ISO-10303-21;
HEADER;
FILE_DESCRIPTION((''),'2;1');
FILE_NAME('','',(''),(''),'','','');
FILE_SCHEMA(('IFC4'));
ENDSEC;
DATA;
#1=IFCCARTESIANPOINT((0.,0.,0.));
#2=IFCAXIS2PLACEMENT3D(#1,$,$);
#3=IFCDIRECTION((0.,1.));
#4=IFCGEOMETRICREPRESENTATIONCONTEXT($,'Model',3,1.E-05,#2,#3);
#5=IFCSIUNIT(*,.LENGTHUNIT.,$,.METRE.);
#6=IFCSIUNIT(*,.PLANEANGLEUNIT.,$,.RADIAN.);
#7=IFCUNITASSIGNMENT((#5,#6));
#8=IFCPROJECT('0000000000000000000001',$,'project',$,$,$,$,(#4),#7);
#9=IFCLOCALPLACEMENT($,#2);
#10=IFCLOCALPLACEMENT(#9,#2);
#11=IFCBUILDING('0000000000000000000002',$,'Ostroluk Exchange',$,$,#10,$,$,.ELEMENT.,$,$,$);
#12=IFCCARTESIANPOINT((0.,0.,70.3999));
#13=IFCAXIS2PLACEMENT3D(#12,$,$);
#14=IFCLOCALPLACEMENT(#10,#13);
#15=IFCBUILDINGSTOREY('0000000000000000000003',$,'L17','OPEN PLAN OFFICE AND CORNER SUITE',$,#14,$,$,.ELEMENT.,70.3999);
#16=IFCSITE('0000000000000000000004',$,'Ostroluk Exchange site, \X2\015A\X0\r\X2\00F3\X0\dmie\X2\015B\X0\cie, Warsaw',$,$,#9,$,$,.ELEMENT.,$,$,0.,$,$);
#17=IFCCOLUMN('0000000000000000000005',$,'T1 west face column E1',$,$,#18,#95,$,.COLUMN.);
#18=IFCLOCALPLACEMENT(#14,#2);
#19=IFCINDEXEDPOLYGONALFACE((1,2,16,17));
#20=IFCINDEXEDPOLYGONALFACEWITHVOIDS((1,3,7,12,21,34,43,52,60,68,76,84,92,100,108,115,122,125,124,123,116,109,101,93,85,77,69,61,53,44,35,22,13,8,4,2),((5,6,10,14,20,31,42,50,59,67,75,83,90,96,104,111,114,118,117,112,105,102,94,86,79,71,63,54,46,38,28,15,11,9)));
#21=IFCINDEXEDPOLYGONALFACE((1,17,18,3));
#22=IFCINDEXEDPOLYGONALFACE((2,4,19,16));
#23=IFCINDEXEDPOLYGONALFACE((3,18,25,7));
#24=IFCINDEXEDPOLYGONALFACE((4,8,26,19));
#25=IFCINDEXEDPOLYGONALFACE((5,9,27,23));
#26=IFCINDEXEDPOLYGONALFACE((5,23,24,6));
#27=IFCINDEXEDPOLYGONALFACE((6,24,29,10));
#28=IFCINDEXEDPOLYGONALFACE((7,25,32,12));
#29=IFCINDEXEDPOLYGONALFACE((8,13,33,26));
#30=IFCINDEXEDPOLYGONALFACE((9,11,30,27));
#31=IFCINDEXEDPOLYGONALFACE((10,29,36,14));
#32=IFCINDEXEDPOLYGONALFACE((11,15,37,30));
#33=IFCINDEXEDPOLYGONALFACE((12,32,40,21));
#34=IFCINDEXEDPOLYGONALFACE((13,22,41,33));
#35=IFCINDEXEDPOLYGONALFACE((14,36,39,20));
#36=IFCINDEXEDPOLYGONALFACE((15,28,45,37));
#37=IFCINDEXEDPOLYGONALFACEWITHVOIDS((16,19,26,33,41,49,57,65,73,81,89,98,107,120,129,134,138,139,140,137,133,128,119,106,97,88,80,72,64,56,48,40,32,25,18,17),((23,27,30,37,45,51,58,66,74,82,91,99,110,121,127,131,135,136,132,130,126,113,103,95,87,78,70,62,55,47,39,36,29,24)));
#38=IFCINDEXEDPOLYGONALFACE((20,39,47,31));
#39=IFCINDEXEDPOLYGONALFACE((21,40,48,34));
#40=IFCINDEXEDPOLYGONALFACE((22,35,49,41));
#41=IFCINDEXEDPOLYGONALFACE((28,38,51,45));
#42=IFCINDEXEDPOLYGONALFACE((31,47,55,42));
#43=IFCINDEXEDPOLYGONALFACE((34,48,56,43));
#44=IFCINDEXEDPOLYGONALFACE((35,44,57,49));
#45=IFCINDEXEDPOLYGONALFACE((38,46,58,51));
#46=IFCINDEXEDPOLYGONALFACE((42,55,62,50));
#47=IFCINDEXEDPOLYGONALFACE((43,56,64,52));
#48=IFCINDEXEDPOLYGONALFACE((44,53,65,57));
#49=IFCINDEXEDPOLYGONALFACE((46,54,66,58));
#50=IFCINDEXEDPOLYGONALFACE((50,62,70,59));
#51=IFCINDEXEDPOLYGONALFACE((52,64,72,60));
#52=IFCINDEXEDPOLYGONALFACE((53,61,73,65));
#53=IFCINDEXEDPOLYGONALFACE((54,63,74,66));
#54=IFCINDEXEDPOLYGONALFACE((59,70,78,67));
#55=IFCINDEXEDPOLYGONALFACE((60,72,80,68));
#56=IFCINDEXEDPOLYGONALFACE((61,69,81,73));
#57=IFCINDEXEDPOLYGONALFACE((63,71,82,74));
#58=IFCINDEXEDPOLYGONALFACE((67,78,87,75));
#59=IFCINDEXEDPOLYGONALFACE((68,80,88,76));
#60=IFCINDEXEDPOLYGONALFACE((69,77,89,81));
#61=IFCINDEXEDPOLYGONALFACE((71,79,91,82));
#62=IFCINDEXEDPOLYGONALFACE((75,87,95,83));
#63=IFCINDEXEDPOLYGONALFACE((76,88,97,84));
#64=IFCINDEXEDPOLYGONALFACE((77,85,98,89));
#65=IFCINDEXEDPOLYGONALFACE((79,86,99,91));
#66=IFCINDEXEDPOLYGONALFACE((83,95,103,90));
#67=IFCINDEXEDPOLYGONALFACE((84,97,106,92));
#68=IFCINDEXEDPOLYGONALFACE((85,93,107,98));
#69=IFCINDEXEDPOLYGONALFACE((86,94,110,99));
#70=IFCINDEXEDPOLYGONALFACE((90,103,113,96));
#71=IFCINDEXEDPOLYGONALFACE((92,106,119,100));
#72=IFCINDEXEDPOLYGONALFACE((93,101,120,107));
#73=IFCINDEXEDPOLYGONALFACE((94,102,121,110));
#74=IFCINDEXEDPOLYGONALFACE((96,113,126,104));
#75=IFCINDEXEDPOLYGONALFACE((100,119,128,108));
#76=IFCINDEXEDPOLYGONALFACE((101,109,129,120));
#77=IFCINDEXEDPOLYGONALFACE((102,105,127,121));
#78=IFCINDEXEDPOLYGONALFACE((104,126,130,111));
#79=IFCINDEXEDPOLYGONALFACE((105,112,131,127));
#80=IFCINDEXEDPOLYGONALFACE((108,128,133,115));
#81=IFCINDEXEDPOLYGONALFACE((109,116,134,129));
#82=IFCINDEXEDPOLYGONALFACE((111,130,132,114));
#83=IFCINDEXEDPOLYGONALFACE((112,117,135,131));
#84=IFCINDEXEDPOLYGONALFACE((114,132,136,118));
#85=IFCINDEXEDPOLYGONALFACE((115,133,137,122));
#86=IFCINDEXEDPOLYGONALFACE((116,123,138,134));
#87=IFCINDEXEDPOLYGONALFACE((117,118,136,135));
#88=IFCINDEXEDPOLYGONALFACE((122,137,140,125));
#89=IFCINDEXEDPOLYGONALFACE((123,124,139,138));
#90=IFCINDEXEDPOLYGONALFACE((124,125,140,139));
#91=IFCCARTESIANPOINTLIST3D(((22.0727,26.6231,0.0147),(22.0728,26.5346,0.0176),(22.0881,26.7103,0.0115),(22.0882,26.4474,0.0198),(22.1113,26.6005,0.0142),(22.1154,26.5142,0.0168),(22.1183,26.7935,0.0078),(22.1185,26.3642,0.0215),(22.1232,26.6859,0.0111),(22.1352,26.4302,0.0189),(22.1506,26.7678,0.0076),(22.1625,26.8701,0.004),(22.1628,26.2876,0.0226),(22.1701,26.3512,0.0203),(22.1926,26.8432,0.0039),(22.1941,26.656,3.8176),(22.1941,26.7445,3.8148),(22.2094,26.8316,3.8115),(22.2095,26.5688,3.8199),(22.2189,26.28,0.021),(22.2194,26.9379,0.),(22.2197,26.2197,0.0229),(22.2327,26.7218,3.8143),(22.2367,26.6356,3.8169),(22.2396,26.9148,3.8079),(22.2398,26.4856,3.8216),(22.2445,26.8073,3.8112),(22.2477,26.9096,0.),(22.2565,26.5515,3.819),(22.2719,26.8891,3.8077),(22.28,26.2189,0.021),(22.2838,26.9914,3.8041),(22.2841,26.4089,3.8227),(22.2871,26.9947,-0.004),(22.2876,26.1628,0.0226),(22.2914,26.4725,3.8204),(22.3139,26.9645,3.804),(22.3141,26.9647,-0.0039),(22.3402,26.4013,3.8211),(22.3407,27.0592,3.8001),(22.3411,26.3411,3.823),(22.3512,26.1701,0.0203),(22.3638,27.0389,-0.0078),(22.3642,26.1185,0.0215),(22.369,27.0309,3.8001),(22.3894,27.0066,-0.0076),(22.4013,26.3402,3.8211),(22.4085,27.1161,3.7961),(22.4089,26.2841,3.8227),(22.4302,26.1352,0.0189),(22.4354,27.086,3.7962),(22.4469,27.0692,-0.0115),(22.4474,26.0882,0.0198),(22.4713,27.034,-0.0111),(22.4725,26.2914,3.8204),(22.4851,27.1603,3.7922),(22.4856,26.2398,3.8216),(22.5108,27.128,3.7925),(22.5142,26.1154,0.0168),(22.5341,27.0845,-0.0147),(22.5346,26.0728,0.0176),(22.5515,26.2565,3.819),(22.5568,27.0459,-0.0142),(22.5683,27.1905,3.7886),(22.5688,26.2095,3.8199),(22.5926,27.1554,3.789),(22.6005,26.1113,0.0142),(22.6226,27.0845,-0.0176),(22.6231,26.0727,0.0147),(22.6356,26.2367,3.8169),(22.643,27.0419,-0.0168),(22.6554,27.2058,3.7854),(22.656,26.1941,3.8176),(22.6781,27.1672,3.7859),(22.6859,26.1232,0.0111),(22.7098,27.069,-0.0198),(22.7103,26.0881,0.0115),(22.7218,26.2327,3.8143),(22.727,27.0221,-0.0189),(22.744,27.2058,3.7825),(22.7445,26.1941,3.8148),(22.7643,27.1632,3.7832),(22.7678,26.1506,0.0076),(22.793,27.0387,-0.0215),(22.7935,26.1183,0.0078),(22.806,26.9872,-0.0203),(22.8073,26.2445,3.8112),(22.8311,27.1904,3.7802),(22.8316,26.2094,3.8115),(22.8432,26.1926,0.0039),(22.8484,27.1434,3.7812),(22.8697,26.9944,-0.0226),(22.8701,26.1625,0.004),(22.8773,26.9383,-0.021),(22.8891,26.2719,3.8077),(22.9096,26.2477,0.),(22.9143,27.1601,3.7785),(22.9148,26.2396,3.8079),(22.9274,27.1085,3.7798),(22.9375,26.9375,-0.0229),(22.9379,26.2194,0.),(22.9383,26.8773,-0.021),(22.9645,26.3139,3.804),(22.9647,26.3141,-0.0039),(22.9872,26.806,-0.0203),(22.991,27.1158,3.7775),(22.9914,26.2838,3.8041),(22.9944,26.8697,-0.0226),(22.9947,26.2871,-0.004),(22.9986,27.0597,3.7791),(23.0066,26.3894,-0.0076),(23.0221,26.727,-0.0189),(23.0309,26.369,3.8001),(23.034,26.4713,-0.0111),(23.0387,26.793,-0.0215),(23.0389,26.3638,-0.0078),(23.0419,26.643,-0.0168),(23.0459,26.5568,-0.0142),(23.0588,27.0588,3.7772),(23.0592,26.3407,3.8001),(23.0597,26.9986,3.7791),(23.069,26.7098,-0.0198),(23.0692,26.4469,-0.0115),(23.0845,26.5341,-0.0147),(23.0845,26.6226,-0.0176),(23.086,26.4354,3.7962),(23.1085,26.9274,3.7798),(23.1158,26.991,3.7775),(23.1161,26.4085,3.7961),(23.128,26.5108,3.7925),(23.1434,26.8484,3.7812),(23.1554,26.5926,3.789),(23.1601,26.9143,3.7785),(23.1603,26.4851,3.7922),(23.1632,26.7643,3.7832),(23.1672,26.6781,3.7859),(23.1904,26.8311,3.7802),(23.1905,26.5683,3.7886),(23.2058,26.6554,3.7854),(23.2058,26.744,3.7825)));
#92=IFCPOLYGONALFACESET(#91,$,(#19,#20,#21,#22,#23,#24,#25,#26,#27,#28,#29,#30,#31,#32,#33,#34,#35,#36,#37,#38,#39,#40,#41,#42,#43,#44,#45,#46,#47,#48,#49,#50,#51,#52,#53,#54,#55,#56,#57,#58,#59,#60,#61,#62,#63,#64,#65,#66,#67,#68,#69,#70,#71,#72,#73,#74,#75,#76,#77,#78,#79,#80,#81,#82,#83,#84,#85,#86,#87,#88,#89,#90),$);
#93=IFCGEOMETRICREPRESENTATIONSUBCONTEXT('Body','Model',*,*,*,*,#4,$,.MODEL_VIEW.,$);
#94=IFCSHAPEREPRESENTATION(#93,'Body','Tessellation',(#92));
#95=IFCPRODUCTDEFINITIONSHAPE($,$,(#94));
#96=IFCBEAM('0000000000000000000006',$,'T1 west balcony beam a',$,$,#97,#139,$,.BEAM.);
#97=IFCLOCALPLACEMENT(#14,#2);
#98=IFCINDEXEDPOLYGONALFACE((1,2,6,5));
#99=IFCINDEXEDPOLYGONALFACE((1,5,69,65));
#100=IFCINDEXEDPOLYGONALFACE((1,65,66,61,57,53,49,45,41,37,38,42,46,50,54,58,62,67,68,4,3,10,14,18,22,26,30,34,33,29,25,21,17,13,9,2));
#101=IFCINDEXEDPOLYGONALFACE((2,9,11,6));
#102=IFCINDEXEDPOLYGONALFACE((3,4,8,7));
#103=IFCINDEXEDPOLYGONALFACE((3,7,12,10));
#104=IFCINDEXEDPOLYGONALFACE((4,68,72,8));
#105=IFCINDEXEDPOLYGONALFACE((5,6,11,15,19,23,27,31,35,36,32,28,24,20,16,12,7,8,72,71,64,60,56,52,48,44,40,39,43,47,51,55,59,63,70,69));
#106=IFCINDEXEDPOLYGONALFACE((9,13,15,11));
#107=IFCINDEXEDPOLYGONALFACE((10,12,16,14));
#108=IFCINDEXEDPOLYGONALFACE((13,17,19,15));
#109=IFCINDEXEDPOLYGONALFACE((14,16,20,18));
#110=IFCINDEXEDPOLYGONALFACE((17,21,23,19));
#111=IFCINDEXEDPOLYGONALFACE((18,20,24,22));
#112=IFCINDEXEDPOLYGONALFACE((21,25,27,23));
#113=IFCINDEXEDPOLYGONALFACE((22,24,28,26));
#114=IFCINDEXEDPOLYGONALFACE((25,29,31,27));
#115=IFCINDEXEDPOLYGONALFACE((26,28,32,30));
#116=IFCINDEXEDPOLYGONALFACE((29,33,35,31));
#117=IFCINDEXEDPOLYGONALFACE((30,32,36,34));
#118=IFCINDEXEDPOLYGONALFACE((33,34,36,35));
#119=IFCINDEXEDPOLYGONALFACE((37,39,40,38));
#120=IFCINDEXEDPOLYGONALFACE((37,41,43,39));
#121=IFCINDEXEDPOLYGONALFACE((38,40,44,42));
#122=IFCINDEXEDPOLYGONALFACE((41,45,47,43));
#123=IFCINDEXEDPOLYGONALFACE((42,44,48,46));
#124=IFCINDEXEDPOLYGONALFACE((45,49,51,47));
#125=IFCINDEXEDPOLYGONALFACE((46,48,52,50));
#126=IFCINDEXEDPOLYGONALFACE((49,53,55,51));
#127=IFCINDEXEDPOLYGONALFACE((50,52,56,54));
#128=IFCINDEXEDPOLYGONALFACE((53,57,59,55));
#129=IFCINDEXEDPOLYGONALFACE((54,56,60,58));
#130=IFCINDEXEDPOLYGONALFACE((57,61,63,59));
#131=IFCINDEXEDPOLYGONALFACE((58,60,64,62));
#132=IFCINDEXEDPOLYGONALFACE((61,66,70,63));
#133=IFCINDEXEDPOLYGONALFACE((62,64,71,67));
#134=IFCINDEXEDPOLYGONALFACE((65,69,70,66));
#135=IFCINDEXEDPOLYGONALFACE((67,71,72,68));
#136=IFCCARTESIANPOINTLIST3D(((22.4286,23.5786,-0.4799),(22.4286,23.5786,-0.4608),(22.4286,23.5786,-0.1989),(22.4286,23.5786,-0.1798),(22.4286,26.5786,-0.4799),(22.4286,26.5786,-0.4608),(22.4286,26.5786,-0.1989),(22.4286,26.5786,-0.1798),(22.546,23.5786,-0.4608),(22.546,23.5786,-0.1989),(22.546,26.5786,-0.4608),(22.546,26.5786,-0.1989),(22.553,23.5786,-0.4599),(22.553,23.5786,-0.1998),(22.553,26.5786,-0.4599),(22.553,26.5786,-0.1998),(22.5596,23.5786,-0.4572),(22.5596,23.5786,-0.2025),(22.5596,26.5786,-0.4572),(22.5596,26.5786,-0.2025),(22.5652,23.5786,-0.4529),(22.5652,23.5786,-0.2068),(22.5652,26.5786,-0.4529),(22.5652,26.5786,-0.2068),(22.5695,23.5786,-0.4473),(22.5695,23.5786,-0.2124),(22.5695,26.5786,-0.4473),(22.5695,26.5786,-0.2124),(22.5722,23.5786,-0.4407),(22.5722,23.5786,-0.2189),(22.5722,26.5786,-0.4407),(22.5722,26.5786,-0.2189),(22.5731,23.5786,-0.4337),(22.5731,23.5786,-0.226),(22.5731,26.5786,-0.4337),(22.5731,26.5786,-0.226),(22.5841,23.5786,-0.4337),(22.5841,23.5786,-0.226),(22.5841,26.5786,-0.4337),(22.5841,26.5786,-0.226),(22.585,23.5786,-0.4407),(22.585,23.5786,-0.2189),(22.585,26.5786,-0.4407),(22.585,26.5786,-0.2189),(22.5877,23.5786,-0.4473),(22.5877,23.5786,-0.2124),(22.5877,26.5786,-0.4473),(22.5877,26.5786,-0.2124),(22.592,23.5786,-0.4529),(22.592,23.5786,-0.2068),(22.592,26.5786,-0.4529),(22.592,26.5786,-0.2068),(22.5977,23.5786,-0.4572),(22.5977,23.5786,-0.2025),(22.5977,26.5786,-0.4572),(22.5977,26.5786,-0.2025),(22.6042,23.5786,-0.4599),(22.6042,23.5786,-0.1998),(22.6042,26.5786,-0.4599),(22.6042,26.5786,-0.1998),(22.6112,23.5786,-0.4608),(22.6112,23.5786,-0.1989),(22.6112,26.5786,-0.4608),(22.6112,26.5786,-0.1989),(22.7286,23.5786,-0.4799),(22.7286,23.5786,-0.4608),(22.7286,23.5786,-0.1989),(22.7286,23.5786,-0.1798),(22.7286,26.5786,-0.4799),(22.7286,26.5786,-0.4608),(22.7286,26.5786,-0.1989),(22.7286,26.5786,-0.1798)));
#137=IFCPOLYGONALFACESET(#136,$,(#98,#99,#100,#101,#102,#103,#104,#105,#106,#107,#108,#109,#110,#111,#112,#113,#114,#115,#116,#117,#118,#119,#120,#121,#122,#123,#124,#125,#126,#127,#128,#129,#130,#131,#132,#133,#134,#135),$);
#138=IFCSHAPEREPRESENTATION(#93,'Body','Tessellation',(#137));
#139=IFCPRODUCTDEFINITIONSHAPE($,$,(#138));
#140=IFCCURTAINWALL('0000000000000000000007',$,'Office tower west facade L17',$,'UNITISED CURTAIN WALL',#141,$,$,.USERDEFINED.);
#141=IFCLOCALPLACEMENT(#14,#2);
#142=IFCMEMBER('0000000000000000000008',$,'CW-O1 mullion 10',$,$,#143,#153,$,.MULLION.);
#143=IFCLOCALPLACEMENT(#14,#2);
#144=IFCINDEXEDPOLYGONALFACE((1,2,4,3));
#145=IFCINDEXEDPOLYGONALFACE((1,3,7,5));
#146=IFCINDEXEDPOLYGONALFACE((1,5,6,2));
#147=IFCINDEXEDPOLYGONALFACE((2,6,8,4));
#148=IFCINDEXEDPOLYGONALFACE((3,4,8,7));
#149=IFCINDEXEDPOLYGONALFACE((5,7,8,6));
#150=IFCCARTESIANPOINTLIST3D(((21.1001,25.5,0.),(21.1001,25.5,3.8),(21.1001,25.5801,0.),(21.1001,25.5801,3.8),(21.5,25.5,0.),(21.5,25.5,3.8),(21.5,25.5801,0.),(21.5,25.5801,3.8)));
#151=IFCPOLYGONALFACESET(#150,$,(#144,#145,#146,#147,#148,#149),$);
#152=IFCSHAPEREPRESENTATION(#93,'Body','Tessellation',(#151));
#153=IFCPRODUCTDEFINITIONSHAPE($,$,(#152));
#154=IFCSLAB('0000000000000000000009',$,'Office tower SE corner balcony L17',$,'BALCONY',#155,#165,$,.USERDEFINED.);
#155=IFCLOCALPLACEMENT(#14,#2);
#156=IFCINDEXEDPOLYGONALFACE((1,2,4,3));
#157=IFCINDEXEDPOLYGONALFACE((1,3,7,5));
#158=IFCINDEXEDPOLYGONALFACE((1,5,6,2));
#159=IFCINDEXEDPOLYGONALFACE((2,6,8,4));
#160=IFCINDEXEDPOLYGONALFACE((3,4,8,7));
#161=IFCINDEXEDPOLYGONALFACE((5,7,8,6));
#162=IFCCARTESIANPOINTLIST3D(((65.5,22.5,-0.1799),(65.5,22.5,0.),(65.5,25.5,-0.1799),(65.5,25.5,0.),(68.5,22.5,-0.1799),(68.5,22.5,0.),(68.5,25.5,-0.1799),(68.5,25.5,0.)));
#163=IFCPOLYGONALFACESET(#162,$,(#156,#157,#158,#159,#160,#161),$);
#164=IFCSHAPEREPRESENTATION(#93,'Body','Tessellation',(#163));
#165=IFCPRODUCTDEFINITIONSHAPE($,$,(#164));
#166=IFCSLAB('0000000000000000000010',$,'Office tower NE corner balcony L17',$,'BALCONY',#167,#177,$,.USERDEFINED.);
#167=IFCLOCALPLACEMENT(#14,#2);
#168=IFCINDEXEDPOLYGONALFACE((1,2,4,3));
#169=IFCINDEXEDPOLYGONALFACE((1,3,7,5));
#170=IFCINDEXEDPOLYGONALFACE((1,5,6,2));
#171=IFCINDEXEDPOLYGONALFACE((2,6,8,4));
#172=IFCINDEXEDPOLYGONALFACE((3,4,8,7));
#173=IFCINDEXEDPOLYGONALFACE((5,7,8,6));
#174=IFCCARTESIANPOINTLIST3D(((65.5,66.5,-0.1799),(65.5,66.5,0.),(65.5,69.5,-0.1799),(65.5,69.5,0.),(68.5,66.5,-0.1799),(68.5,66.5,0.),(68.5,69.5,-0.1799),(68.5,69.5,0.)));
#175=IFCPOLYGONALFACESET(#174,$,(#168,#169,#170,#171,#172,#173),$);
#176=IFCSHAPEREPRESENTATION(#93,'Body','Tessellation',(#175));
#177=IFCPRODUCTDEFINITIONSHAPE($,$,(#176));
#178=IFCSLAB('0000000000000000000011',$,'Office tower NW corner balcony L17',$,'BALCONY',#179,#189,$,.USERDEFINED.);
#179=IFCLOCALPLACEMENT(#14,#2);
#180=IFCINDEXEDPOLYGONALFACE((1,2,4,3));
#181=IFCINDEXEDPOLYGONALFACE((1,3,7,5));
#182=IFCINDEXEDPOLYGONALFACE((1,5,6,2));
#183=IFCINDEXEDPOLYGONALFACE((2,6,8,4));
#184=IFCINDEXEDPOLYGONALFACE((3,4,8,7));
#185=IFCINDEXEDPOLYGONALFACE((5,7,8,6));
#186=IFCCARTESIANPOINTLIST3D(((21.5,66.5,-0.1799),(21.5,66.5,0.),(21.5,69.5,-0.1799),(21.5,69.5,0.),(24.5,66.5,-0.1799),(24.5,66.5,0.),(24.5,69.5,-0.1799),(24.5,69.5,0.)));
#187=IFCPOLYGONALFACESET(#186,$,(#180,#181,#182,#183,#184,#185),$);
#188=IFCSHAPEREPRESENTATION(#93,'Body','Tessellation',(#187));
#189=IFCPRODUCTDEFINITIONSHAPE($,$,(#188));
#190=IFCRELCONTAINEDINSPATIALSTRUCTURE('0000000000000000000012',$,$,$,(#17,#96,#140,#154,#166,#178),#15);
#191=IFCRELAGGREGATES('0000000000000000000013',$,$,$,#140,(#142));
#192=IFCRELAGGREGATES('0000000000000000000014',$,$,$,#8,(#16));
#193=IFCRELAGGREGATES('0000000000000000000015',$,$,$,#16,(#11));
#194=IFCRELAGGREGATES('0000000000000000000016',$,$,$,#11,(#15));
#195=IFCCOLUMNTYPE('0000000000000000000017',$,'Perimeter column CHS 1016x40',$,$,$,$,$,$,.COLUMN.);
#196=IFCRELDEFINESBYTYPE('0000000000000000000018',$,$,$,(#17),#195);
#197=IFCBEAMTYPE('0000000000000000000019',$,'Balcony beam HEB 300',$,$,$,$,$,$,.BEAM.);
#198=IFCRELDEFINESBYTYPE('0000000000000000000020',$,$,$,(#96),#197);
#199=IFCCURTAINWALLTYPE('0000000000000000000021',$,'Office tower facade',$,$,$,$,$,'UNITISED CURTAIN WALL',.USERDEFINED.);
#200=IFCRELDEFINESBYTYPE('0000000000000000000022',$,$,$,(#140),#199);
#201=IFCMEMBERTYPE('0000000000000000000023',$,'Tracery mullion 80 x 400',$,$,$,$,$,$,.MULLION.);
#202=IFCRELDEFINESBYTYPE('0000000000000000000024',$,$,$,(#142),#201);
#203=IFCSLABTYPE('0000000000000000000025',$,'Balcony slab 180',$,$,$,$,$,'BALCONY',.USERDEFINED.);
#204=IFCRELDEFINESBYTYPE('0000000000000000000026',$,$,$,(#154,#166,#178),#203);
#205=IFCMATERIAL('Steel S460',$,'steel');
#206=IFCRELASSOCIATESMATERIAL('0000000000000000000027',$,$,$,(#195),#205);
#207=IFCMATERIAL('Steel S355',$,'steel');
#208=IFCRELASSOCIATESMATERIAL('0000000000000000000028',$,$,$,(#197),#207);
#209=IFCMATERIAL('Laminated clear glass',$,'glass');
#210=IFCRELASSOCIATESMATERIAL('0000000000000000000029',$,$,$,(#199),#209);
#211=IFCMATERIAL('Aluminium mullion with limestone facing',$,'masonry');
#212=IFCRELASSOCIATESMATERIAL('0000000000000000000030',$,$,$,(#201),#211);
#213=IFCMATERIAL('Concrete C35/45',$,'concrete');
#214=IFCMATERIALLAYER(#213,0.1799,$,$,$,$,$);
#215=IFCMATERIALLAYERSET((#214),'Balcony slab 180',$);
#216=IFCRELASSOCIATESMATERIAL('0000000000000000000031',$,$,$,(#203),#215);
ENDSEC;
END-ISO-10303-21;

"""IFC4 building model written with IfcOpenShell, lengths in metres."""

from ifc_helpers import new_model, si_unit, direction, frame, origin, origin_2d, place, context, subcontext, project, spatial, polyline, rectangle, hollow_circle, i_section, outline, extrude, material, layer, layer_set, material_profile, profile_set, type_object, element, aggregate, save


model = new_model("IFC4")

# Units and contexts
model_context = context("Model", 3, precision=1e-05, world=origin(), true_north=direction((0.0, 1.0)))
body_context = subcontext(model_context, "Body", "Model", "MODEL_VIEW")
ifc_project = project(units=[si_unit("LENGTHUNIT", "METRE"), si_unit("PLANEANGLEUNIT", "RADIAN")], contexts=[model_context])

# Site, building, storey
site_placement = place(None, origin())
site = spatial("IfcSite", under=ifc_project, at=site_placement, Name="Ostroluk Exchange site, Śródmieście, Warsaw", CompositionType="ELEMENT", RefElevation=0.0)
building_placement = place(site_placement, origin())
building = spatial("IfcBuilding", under=site, at=building_placement, Name="Ostroluk Exchange", CompositionType="ELEMENT")
storey_placement = place(building_placement, frame((0.0, 0.0, 70.3999)))
storey = spatial("IfcBuildingStorey", under=building, at=storey_placement, Name="L17", Description="OPEN PLAN OFFICE AND CORNER SUITE", CompositionType="ELEMENT", Elevation=70.3999)

# Column
ifc_material_1 = material(Name="Steel S460", Category="steel")
ifc_material_profile_1 = material_profile(ifc_material_1, hollow_circle(Radius=0.5081, WallThickness=0.04, at=origin_2d()), Name="CHS 1016x40")
ifc_profile_set_1 = profile_set([ifc_material_profile_1], Name="Steel S460")
column_type = type_object("IfcColumnType", Name="Perimeter column CHS 1016x40", PredefinedType="COLUMN", material=ifc_profile_set_1)
column_placement = place(storey_placement, frame((22.5786, 26.5786, 0.0), z_axis=(0.031898, 0.031898, 0.998982), x_axis=(-0.707107, 0.707107, 0.0)))
element("IfcColumn", 1, at=column_placement, inside=storey, type_object=column_type, Name="T1 west face column E1", PredefinedType="COLUMN", context=body_context, shape_type="SweptSolid", body=[
    extrude(hollow_circle(Radius=0.5081, WallThickness=0.04, at=origin_2d()), origin(), (0.0, 0.0, 1.0), 3.804),
])

# Beam
ifc_material_2 = material(Name="Steel S355", Category="steel")
ifc_material_profile_2 = material_profile(ifc_material_2, i_section(OverallWidth=0.3, OverallDepth=0.3, WebThickness=0.011, FlangeThickness=0.019, FilletRadius=0.0271, at=origin_2d()), Name="HEB 300")
ifc_profile_set_2 = profile_set([ifc_material_profile_2], Name="Steel S355")
beam_type = type_object("IfcBeamType", Name="Balcony beam HEB 300", PredefinedType="BEAM", material=ifc_profile_set_2)
beam_placement = place(storey_placement, frame((22.5786, 26.5786, -0.3298), z_axis=(0.0, -1.0, 0.0), x_axis=(1.0, 0.0, 0.0)))
element("IfcBeam", 2, at=beam_placement, inside=storey, type_object=beam_type, Name="T1 west balcony beam a", PredefinedType="BEAM", context=body_context, shape_type="SweptSolid", body=[
    extrude(i_section(OverallWidth=0.3, OverallDepth=0.3, WebThickness=0.011, FlangeThickness=0.019, FilletRadius=0.0271, at=origin_2d()), origin(), (0.0, 0.0, 1.0), 3.0),
])

# Curtain wall, member
ifc_material_3 = material(Name="Laminated clear glass", Category="glass")
curtain_wall_type = type_object("IfcCurtainWallType", Name="Office tower facade", ElementType="UNITISED CURTAIN WALL", PredefinedType="USERDEFINED", material=ifc_material_3)
curtain_wall_placement = place(storey_placement, origin())
curtain_wall = element("IfcCurtainWall", 3, at=curtain_wall_placement, inside=storey, type_object=curtain_wall_type, Name="Office tower west facade L17", ObjectType="UNITISED CURTAIN WALL", PredefinedType="USERDEFINED")
ifc_material_4 = material(Name="Aluminium mullion with limestone facing", Category="masonry")
ifc_material_profile_3 = material_profile(ifc_material_4, rectangle(XDim=0.3999, YDim=0.0801, at=origin_2d()), Name="Tracery mullion 80 x 400")
ifc_profile_set_3 = profile_set([ifc_material_profile_3], Name="Aluminium mullion with limestone facing")
member_type = type_object("IfcMemberType", Name="Tracery mullion 80 x 400", PredefinedType="MULLION", material=ifc_profile_set_3)
member_placement = place(storey_placement, frame((21.3, 25.54, 0.0), z_axis=(0.0, 0.0, 1.0), x_axis=(1.0, 0.0, 0.0)))
member = element("IfcMember", 4, at=member_placement, type_object=member_type, Name="CW-O1 mullion 10", PredefinedType="MULLION", context=body_context, shape_type="SweptSolid", body=[
    extrude(rectangle(XDim=0.3999, YDim=0.0801, at=origin_2d()), origin(), (0.0, 0.0, 1.0), 3.8),
])
aggregate(curtain_wall, [member])

# Slabs
ifc_material_5 = material(Name="Concrete C35/45", Category="concrete")
ifc_layer_1 = layer(ifc_material_5, 0.1799)
ifc_layer_set_1 = layer_set([ifc_layer_1], Name="Balcony slab 180")
slab_type_1 = type_object("IfcSlabType", Name="Balcony slab 180", ElementType="BALCONY", PredefinedType="USERDEFINED", material=ifc_layer_set_1)
slab_1_placement = place(storey_placement, frame((0.0, 0.0, -0.1799)))
element("IfcSlab", 5, at=slab_1_placement, inside=storey, type_object=slab_type_1, Name="Office tower SE corner balcony L17", ObjectType="BALCONY", PredefinedType="USERDEFINED", context=body_context, shape_type="SweptSolid", body=[
    extrude(outline(polyline([(65.5, 22.5), (68.5, 22.5), (68.5, 25.5), (65.5, 25.5), (65.5, 22.5)])), origin(), (0.0, 0.0, 1.0), 0.1799),
])
slab_2_placement = place(storey_placement, frame((0.0, 0.0, -0.1799)))
element("IfcSlab", 6, at=slab_2_placement, inside=storey, type_object=slab_type_1, Name="Office tower NE corner balcony L17", ObjectType="BALCONY", PredefinedType="USERDEFINED", context=body_context, shape_type="SweptSolid", body=[
    extrude(outline(polyline([(65.5, 66.5), (68.5, 66.5), (68.5, 69.5), (65.5, 69.5), (65.5, 66.5)])), origin(), (0.0, 0.0, 1.0), 0.1799),
])
slab_3_placement = place(storey_placement, frame((0.0, 0.0, -0.1799)))
element("IfcSlab", 7, at=slab_3_placement, inside=storey, type_object=slab_type_1, Name="Office tower NW corner balcony L17", ObjectType="BALCONY", PredefinedType="USERDEFINED", context=body_context, shape_type="SweptSolid", body=[
    extrude(outline(polyline([(21.5, 66.5), (24.5, 66.5), (24.5, 69.5), (21.5, 69.5), (21.5, 66.5)])), origin(), (0.0, 0.0, 1.0), 0.1799),
])

save(model, "model.ifc")
